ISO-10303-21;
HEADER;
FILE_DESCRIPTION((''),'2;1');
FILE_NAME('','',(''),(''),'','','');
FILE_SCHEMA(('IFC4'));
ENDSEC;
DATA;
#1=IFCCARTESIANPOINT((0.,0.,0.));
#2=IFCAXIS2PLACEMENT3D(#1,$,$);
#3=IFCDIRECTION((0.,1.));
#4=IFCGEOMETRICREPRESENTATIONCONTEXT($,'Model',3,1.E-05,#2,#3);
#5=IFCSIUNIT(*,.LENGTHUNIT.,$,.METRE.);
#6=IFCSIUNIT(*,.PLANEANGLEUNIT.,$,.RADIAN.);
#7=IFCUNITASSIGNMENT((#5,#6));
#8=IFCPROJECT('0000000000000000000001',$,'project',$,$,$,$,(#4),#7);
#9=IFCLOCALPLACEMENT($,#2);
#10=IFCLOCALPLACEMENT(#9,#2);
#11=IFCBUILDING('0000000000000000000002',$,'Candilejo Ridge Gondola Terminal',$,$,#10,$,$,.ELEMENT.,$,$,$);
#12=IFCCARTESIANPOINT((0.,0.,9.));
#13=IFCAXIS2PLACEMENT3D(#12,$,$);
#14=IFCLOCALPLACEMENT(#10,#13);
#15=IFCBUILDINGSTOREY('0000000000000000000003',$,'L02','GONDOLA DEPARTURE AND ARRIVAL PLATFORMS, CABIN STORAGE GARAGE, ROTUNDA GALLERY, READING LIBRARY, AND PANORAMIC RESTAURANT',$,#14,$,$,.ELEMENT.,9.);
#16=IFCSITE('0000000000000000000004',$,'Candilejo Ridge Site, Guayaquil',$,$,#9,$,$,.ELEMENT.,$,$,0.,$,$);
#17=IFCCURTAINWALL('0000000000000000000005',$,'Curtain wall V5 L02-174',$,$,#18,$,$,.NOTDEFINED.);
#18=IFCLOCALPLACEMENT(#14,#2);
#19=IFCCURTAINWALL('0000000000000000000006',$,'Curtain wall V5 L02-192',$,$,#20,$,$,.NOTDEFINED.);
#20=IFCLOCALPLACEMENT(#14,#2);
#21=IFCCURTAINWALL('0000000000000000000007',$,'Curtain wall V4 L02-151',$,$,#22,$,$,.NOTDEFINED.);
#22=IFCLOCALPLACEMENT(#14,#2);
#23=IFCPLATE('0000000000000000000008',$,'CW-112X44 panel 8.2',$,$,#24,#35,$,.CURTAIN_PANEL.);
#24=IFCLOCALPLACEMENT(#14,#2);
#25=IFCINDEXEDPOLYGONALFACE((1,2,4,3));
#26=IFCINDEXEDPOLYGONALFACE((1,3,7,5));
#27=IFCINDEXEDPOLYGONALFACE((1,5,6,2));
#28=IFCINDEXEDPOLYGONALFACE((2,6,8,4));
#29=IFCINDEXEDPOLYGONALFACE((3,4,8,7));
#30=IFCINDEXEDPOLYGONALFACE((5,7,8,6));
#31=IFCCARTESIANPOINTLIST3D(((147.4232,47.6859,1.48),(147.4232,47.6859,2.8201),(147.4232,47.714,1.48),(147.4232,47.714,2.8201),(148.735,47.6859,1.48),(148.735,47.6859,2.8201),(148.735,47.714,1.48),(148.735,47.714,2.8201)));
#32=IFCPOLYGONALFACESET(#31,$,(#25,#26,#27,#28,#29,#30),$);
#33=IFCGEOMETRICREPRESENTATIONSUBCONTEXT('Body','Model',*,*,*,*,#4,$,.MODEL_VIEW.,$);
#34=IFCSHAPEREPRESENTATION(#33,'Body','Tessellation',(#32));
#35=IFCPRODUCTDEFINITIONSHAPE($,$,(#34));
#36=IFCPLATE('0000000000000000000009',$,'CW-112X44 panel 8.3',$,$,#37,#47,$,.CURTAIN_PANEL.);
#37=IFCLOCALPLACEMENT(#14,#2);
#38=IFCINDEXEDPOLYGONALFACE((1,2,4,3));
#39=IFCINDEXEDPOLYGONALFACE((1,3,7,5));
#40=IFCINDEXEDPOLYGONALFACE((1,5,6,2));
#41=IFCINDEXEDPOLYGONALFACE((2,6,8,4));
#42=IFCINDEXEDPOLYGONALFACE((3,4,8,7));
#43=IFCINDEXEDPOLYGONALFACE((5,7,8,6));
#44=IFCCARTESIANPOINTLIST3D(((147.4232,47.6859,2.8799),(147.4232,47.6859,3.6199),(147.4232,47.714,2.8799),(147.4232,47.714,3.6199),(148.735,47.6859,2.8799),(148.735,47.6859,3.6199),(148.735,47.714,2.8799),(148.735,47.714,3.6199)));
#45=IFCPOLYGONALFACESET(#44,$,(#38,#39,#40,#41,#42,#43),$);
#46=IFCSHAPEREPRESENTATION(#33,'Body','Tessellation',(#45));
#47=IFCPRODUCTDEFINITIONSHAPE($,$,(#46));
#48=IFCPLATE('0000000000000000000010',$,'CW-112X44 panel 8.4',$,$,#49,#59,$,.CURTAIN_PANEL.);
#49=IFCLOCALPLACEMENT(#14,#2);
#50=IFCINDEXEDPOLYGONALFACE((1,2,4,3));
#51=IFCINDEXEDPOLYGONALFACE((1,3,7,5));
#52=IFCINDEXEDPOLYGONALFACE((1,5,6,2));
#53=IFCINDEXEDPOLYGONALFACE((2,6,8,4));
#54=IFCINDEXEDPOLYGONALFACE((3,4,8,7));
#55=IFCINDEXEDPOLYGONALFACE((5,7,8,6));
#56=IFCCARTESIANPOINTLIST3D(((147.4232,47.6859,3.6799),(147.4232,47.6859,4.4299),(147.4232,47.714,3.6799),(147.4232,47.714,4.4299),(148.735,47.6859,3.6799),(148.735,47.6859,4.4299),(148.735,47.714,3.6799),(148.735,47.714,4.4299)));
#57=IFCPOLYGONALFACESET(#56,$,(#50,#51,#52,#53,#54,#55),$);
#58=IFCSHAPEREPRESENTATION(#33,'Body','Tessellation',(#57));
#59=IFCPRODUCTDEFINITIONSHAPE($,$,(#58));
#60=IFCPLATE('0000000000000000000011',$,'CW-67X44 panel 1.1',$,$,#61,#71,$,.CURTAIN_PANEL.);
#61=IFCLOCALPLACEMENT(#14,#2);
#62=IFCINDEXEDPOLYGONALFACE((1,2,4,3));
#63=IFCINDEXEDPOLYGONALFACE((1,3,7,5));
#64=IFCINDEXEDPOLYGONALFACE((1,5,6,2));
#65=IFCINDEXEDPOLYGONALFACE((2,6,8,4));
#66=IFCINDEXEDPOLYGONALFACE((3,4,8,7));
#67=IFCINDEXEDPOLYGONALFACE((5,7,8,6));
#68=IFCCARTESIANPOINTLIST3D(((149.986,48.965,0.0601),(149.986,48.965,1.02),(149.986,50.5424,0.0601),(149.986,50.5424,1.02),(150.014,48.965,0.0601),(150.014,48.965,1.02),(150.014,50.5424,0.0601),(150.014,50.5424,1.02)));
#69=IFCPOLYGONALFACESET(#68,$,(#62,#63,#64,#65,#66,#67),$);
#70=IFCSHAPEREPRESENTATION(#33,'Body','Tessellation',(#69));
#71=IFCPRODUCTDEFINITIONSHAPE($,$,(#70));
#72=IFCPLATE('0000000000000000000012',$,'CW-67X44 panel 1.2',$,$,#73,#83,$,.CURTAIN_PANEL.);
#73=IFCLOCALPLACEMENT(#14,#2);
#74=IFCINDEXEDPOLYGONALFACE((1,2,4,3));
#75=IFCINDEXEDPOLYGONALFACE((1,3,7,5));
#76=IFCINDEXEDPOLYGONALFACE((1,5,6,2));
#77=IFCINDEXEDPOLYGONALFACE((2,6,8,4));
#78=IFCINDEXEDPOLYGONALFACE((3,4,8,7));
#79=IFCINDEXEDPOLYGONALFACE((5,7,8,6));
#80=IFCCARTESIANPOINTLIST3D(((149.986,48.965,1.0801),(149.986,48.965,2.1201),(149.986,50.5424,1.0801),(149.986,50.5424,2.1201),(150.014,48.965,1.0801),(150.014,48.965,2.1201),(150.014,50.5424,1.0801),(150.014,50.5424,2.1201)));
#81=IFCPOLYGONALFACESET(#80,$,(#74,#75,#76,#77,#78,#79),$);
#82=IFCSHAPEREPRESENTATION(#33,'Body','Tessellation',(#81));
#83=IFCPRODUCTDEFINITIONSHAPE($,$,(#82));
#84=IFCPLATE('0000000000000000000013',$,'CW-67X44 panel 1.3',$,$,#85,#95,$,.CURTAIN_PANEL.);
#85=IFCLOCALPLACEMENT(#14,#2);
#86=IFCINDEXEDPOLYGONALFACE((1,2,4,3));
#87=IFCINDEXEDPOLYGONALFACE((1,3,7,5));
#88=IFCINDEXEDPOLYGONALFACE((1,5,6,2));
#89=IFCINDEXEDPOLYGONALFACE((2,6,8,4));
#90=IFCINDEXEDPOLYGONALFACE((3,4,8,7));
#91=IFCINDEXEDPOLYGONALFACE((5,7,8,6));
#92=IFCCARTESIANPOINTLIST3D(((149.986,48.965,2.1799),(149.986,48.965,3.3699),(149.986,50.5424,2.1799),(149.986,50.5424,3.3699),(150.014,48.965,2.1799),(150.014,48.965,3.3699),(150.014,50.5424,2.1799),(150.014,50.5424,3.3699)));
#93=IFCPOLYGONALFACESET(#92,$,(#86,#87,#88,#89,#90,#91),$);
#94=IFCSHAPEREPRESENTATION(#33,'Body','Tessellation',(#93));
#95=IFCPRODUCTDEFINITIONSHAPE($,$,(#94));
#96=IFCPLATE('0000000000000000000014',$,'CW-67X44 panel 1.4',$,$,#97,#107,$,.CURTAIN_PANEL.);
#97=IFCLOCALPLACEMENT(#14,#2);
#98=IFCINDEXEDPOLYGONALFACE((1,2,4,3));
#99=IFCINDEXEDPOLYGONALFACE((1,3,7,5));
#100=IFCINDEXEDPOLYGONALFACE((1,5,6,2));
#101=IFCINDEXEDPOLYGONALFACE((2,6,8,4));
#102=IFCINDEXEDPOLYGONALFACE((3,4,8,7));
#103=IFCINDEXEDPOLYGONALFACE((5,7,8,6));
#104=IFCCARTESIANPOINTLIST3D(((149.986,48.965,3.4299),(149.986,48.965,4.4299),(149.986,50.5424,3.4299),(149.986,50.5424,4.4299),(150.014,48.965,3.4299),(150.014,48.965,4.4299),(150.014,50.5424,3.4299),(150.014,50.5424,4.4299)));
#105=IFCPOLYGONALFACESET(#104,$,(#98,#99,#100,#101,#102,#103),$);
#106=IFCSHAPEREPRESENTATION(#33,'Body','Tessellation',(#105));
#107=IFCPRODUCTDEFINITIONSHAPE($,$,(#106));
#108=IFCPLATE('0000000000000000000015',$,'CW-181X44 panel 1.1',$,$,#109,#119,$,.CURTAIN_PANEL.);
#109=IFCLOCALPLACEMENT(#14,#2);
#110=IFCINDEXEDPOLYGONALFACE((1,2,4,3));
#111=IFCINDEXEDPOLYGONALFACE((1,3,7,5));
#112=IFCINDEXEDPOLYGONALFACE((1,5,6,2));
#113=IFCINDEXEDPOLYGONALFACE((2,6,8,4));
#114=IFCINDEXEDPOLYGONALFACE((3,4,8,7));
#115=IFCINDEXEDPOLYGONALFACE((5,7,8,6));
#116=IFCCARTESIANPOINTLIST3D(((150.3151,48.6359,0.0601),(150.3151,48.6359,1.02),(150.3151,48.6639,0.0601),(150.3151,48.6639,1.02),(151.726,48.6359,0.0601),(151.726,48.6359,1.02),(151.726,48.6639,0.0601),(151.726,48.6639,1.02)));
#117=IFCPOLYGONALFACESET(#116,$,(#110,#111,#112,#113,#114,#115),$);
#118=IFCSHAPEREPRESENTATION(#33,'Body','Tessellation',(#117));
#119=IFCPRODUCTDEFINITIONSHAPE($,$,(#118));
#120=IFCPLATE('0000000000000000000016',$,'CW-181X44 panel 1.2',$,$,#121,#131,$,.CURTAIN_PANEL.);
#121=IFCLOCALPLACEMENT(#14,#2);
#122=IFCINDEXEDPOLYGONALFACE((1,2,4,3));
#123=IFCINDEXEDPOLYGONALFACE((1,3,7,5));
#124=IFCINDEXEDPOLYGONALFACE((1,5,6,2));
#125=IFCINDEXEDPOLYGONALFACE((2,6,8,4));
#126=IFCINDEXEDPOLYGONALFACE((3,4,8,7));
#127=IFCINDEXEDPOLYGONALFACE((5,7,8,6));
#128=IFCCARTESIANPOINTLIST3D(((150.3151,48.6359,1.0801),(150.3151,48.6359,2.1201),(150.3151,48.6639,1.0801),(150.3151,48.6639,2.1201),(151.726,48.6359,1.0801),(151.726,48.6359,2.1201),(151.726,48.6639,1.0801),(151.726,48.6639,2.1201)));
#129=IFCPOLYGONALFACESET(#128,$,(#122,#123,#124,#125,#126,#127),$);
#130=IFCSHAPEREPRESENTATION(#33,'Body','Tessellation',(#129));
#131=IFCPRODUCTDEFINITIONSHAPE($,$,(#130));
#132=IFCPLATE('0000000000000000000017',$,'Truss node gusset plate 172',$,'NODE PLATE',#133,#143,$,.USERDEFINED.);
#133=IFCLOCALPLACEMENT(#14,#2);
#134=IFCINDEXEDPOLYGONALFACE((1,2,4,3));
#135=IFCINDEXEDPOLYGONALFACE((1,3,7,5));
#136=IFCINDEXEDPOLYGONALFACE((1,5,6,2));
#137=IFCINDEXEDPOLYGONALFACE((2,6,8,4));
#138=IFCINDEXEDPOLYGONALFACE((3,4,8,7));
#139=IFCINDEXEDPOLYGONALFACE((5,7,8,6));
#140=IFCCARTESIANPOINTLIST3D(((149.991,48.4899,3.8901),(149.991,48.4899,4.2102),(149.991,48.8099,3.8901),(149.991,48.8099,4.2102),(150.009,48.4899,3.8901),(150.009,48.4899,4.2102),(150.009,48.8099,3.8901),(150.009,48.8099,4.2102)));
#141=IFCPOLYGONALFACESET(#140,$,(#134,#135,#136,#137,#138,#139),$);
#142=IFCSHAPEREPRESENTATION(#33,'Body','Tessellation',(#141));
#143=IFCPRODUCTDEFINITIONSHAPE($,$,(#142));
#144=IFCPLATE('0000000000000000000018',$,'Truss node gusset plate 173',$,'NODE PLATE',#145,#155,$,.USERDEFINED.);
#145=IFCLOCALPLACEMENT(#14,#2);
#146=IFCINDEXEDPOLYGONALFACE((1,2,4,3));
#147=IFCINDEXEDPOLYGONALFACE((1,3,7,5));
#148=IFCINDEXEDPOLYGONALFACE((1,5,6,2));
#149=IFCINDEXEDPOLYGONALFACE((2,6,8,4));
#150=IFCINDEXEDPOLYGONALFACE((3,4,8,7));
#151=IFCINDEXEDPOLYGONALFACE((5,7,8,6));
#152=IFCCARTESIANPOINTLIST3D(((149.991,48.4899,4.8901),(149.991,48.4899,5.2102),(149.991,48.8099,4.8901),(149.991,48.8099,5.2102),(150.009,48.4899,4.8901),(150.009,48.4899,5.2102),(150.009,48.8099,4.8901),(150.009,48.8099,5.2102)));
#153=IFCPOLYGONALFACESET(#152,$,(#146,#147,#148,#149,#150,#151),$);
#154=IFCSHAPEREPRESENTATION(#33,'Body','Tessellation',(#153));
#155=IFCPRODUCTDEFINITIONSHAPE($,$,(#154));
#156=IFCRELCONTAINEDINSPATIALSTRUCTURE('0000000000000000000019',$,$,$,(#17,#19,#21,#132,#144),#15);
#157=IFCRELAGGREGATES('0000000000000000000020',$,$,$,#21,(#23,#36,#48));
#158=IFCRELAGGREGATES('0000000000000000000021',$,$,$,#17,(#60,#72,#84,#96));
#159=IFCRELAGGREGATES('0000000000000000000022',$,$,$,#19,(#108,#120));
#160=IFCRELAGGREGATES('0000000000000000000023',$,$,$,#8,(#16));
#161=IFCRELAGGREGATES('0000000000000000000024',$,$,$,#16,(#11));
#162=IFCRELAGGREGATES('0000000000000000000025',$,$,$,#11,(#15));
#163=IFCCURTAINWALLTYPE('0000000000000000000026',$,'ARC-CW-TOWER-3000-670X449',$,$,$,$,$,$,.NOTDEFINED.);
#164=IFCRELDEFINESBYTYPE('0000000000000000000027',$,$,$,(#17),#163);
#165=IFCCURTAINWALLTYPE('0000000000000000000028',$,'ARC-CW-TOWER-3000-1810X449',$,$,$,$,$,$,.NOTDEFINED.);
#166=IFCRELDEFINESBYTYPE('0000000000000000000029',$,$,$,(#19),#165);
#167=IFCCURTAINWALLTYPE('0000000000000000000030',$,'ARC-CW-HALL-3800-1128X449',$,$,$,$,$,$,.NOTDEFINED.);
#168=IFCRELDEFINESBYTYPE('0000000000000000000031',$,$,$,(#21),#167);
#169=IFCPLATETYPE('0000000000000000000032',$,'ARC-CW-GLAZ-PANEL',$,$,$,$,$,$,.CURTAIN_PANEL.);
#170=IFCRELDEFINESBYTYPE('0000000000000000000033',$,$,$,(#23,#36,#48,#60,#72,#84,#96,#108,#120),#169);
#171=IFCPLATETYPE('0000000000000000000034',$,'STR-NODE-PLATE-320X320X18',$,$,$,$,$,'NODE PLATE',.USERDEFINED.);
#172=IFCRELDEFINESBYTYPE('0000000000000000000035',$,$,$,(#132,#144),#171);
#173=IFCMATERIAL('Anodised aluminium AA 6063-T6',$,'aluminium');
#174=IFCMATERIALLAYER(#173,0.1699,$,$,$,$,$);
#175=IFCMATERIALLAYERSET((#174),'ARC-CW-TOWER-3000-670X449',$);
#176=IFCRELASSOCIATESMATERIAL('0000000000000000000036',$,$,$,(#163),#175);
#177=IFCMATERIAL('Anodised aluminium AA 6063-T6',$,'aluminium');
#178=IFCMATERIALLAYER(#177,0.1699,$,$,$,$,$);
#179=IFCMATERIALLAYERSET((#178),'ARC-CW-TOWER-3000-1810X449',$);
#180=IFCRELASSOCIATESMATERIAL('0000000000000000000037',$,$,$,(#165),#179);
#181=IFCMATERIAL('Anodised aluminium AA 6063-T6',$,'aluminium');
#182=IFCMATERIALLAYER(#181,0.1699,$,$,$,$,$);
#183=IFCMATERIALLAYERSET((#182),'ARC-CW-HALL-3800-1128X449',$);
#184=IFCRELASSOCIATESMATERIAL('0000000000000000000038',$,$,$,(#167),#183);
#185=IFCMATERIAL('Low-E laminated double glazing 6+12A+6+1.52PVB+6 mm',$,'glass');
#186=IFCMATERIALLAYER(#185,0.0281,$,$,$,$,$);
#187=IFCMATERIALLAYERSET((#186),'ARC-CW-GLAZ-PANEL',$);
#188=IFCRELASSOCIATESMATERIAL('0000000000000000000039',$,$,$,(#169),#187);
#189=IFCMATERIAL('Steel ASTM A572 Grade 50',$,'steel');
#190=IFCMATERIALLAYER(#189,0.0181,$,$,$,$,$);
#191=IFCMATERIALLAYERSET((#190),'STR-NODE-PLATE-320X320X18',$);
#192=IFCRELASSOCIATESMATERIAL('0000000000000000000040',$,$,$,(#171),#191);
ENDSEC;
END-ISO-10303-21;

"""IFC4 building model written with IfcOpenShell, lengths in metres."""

from ifc_helpers import new_model, si_unit, direction, frame, origin, origin_2d, place, context, subcontext, project, spatial, rectangle, extrude, material, layer, layer_set, type_object, element, aggregate, save


model = new_model("IFC4")

# Units and contexts
model_context = context("Model", 3, precision=1e-05, world=origin(), true_north=direction((0.0, 1.0)))
body_context = subcontext(model_context, "Body", "Model", "MODEL_VIEW")
ifc_project = project(units=[si_unit("LENGTHUNIT", "METRE"), si_unit("PLANEANGLEUNIT", "RADIAN")], contexts=[model_context])

# Site, building, storey
site_placement = place(None, origin())
site = spatial("IfcSite", under=ifc_project, at=site_placement, Name="Candilejo Ridge Site, Guayaquil", CompositionType="ELEMENT", RefElevation=0.0)
building_placement = place(site_placement, origin())
building = spatial("IfcBuilding", under=site, at=building_placement, Name="Candilejo Ridge Gondola Terminal", CompositionType="ELEMENT")
storey_placement = place(building_placement, frame((0.0, 0.0, 9.0)))
storey = spatial("IfcBuildingStorey", under=building, at=storey_placement, Name="L02", Description="GONDOLA DEPARTURE AND ARRIVAL PLATFORMS, CABIN STORAGE GARAGE, ROTUNDA GALLERY, READING LIBRARY, AND PANORAMIC RESTAURANT", CompositionType="ELEMENT", Elevation=9.0)

# Curtain walls
ifc_material_1 = material(Name="Anodised aluminium AA 6063-T6", Category="aluminium")
ifc_layer_1 = layer(ifc_material_1, 0.1699)
ifc_layer_set_1 = layer_set([ifc_layer_1], Name="ARC-CW-TOWER-3000-670X449")
curtain_wall_type_1 = type_object("IfcCurtainWallType", Name="ARC-CW-TOWER-3000-670X449", PredefinedType="NOTDEFINED", material=ifc_layer_set_1)
curtain_wall_1_placement = place(storey_placement, origin())
curtain_wall_1 = element("IfcCurtainWall", 1, at=curtain_wall_1_placement, inside=storey, type_object=curtain_wall_type_1, Name="Curtain wall V5 L02-174", PredefinedType="NOTDEFINED")
ifc_material_2 = material(Name="Anodised aluminium AA 6063-T6", Category="aluminium")
ifc_layer_2 = layer(ifc_material_2, 0.1699)
ifc_layer_set_2 = layer_set([ifc_layer_2], Name="ARC-CW-TOWER-3000-1810X449")
curtain_wall_type_2 = type_object("IfcCurtainWallType", Name="ARC-CW-TOWER-3000-1810X449", PredefinedType="NOTDEFINED", material=ifc_layer_set_2)
curtain_wall_2_placement = place(storey_placement, origin())
curtain_wall_2 = element("IfcCurtainWall", 2, at=curtain_wall_2_placement, inside=storey, type_object=curtain_wall_type_2, Name="Curtain wall V5 L02-192", PredefinedType="NOTDEFINED")
ifc_material_3 = material(Name="Anodised aluminium AA 6063-T6", Category="aluminium")
ifc_layer_3 = layer(ifc_material_3, 0.1699)
ifc_layer_set_3 = layer_set([ifc_layer_3], Name="ARC-CW-HALL-3800-1128X449")
curtain_wall_type_3 = type_object("IfcCurtainWallType", Name="ARC-CW-HALL-3800-1128X449", PredefinedType="NOTDEFINED", material=ifc_layer_set_3)
curtain_wall_3_placement = place(storey_placement, origin())
curtain_wall_3 = element("IfcCurtainWall", 3, at=curtain_wall_3_placement, inside=storey, type_object=curtain_wall_type_3, Name="Curtain wall V4 L02-151", PredefinedType="NOTDEFINED")

# Plates
ifc_material_4 = material(Name="Low-E laminated double glazing 6+12A+6+1.52PVB+6 mm", Category="glass")
ifc_layer_4 = layer(ifc_material_4, 0.0281)
ifc_layer_set_4 = layer_set([ifc_layer_4], Name="ARC-CW-GLAZ-PANEL")
plate_type_1 = type_object("IfcPlateType", Name="ARC-CW-GLAZ-PANEL", PredefinedType="CURTAIN_PANEL", material=ifc_layer_set_4)
plate_1_placement = place(storey_placement, frame((148.0791, 47.7, 1.48), z_axis=(0.0, 0.0, 1.0), x_axis=(1.0, 0.0, 0.0)))
plate_1 = element("IfcPlate", 4, at=plate_1_placement, type_object=plate_type_1, Name="CW-112X44 panel 8.2", PredefinedType="CURTAIN_PANEL", context=body_context, shape_type="SweptSolid", body=[
    extrude(rectangle(XDim=1.3118, YDim=0.0281, at=origin_2d()), origin(), (0.0, 0.0, 1.0), 1.3401),
])
plate_2_placement = place(storey_placement, frame((148.0791, 47.7, 2.8799), z_axis=(0.0, 0.0, 1.0), x_axis=(1.0, 0.0, 0.0)))
plate_2 = element("IfcPlate", 5, at=plate_2_placement, type_object=plate_type_1, Name="CW-112X44 panel 8.3", PredefinedType="CURTAIN_PANEL", context=body_context, shape_type="SweptSolid", body=[
    extrude(rectangle(XDim=1.3118, YDim=0.0281, at=origin_2d()), origin(), (0.0, 0.0, 1.0), 0.74),
])
plate_3_placement = place(storey_placement, frame((148.0791, 47.7, 3.6799), z_axis=(0.0, 0.0, 1.0), x_axis=(1.0, 0.0, 0.0)))
plate_3 = element("IfcPlate", 6, at=plate_3_placement, type_object=plate_type_1, Name="CW-112X44 panel 8.4", PredefinedType="CURTAIN_PANEL", context=body_context, shape_type="SweptSolid", body=[
    extrude(rectangle(XDim=1.3118, YDim=0.0281, at=origin_2d()), origin(), (0.0, 0.0, 1.0), 0.75),
])
aggregate(curtain_wall_3, [plate_1, plate_2, plate_3])
plate_4_placement = place(storey_placement, frame((150.0, 49.7537, 0.0601), z_axis=(0.0, 0.0, 1.0), x_axis=(0.0, 1.0, 0.0)))
plate_4 = element("IfcPlate", 7, at=plate_4_placement, type_object=plate_type_1, Name="CW-67X44 panel 1.1", PredefinedType="CURTAIN_PANEL", context=body_context, shape_type="SweptSolid", body=[
    extrude(rectangle(XDim=1.5774, YDim=0.0281, at=origin_2d()), origin(), (0.0, 0.0, 1.0), 0.96),
])
plate_5_placement = place(storey_placement, frame((150.0, 49.7537, 1.0801), z_axis=(0.0, 0.0, 1.0), x_axis=(0.0, 1.0, 0.0)))
plate_5 = element("IfcPlate", 8, at=plate_5_placement, type_object=plate_type_1, Name="CW-67X44 panel 1.2", PredefinedType="CURTAIN_PANEL", context=body_context, shape_type="SweptSolid", body=[
    extrude(rectangle(XDim=1.5774, YDim=0.0281, at=origin_2d()), origin(), (0.0, 0.0, 1.0), 1.04),
])
plate_6_placement = place(storey_placement, frame((150.0, 49.7537, 2.1799), z_axis=(0.0, 0.0, 1.0), x_axis=(0.0, 1.0, 0.0)))
plate_6 = element("IfcPlate", 9, at=plate_6_placement, type_object=plate_type_1, Name="CW-67X44 panel 1.3", PredefinedType="CURTAIN_PANEL", context=body_context, shape_type="SweptSolid", body=[
    extrude(rectangle(XDim=1.5774, YDim=0.0281, at=origin_2d()), origin(), (0.0, 0.0, 1.0), 1.1899),
])
plate_7_placement = place(storey_placement, frame((150.0, 49.7537, 3.4299), z_axis=(0.0, 0.0, 1.0), x_axis=(0.0, 1.0, 0.0)))
plate_7 = element("IfcPlate", 10, at=plate_7_placement, type_object=plate_type_1, Name="CW-67X44 panel 1.4", PredefinedType="CURTAIN_PANEL", context=body_context, shape_type="SweptSolid", body=[
    extrude(rectangle(XDim=1.5774, YDim=0.0281, at=origin_2d()), origin(), (0.0, 0.0, 1.0), 1.0),
])
aggregate(curtain_wall_1, [plate_4, plate_5, plate_6, plate_7])
plate_8_placement = place(storey_placement, frame((151.0205, 48.6499, 0.0601), z_axis=(0.0, 0.0, 1.0), x_axis=(1.0, 0.0, 0.0)))
plate_8 = element("IfcPlate", 11, at=plate_8_placement, type_object=plate_type_1, Name="CW-181X44 panel 1.1", PredefinedType="CURTAIN_PANEL", context=body_context, shape_type="SweptSolid", body=[
    extrude(rectangle(XDim=1.4109, YDim=0.0281, at=origin_2d()), origin(), (0.0, 0.0, 1.0), 0.96),
])
plate_9_placement = place(storey_placement, frame((151.0205, 48.6499, 1.0801), z_axis=(0.0, 0.0, 1.0), x_axis=(1.0, 0.0, 0.0)))
plate_9 = element("IfcPlate", 12, at=plate_9_placement, type_object=plate_type_1, Name="CW-181X44 panel 1.2", PredefinedType="CURTAIN_PANEL", context=body_context, shape_type="SweptSolid", body=[
    extrude(rectangle(XDim=1.4109, YDim=0.0281, at=origin_2d()), origin(), (0.0, 0.0, 1.0), 1.04),
])
aggregate(curtain_wall_2, [plate_8, plate_9])

# Plates
ifc_material_5 = material(Name="Steel ASTM A572 Grade 50", Category="steel")
ifc_layer_5 = layer(ifc_material_5, 0.0181)
ifc_layer_set_5 = layer_set([ifc_layer_5], Name="STR-NODE-PLATE-320X320X18")
plate_type_2 = type_object("IfcPlateType", Name="STR-NODE-PLATE-320X320X18", ElementType="NODE PLATE", PredefinedType="USERDEFINED", material=ifc_layer_set_5)
for number, where, z_axis, x_axis, name in (
    (13, (150.0, 48.6499, 3.8901), (0.0, 0.0, 1.0), (1.0, 0.0, 0.0), "Truss node gusset plate 172"),
    (14, (150.0, 48.6499, 4.8901), (0.0, 0.0, 1.0), (1.0, 0.0, 0.0), "Truss node gusset plate 173"),
):
    element("IfcPlate", number, at=place(storey_placement, frame(where, z_axis=z_axis, x_axis=x_axis)), inside=storey, type_object=plate_type_2, Name=name, ObjectType="NODE PLATE", PredefinedType="USERDEFINED", context=body_context, shape_type="SweptSolid", body=[
        extrude(rectangle(XDim=0.0181, YDim=0.3201, at=origin_2d()), origin(), (0.0, 0.0, 1.0), 0.3201),
    ])

save(model, "model.ifc")
